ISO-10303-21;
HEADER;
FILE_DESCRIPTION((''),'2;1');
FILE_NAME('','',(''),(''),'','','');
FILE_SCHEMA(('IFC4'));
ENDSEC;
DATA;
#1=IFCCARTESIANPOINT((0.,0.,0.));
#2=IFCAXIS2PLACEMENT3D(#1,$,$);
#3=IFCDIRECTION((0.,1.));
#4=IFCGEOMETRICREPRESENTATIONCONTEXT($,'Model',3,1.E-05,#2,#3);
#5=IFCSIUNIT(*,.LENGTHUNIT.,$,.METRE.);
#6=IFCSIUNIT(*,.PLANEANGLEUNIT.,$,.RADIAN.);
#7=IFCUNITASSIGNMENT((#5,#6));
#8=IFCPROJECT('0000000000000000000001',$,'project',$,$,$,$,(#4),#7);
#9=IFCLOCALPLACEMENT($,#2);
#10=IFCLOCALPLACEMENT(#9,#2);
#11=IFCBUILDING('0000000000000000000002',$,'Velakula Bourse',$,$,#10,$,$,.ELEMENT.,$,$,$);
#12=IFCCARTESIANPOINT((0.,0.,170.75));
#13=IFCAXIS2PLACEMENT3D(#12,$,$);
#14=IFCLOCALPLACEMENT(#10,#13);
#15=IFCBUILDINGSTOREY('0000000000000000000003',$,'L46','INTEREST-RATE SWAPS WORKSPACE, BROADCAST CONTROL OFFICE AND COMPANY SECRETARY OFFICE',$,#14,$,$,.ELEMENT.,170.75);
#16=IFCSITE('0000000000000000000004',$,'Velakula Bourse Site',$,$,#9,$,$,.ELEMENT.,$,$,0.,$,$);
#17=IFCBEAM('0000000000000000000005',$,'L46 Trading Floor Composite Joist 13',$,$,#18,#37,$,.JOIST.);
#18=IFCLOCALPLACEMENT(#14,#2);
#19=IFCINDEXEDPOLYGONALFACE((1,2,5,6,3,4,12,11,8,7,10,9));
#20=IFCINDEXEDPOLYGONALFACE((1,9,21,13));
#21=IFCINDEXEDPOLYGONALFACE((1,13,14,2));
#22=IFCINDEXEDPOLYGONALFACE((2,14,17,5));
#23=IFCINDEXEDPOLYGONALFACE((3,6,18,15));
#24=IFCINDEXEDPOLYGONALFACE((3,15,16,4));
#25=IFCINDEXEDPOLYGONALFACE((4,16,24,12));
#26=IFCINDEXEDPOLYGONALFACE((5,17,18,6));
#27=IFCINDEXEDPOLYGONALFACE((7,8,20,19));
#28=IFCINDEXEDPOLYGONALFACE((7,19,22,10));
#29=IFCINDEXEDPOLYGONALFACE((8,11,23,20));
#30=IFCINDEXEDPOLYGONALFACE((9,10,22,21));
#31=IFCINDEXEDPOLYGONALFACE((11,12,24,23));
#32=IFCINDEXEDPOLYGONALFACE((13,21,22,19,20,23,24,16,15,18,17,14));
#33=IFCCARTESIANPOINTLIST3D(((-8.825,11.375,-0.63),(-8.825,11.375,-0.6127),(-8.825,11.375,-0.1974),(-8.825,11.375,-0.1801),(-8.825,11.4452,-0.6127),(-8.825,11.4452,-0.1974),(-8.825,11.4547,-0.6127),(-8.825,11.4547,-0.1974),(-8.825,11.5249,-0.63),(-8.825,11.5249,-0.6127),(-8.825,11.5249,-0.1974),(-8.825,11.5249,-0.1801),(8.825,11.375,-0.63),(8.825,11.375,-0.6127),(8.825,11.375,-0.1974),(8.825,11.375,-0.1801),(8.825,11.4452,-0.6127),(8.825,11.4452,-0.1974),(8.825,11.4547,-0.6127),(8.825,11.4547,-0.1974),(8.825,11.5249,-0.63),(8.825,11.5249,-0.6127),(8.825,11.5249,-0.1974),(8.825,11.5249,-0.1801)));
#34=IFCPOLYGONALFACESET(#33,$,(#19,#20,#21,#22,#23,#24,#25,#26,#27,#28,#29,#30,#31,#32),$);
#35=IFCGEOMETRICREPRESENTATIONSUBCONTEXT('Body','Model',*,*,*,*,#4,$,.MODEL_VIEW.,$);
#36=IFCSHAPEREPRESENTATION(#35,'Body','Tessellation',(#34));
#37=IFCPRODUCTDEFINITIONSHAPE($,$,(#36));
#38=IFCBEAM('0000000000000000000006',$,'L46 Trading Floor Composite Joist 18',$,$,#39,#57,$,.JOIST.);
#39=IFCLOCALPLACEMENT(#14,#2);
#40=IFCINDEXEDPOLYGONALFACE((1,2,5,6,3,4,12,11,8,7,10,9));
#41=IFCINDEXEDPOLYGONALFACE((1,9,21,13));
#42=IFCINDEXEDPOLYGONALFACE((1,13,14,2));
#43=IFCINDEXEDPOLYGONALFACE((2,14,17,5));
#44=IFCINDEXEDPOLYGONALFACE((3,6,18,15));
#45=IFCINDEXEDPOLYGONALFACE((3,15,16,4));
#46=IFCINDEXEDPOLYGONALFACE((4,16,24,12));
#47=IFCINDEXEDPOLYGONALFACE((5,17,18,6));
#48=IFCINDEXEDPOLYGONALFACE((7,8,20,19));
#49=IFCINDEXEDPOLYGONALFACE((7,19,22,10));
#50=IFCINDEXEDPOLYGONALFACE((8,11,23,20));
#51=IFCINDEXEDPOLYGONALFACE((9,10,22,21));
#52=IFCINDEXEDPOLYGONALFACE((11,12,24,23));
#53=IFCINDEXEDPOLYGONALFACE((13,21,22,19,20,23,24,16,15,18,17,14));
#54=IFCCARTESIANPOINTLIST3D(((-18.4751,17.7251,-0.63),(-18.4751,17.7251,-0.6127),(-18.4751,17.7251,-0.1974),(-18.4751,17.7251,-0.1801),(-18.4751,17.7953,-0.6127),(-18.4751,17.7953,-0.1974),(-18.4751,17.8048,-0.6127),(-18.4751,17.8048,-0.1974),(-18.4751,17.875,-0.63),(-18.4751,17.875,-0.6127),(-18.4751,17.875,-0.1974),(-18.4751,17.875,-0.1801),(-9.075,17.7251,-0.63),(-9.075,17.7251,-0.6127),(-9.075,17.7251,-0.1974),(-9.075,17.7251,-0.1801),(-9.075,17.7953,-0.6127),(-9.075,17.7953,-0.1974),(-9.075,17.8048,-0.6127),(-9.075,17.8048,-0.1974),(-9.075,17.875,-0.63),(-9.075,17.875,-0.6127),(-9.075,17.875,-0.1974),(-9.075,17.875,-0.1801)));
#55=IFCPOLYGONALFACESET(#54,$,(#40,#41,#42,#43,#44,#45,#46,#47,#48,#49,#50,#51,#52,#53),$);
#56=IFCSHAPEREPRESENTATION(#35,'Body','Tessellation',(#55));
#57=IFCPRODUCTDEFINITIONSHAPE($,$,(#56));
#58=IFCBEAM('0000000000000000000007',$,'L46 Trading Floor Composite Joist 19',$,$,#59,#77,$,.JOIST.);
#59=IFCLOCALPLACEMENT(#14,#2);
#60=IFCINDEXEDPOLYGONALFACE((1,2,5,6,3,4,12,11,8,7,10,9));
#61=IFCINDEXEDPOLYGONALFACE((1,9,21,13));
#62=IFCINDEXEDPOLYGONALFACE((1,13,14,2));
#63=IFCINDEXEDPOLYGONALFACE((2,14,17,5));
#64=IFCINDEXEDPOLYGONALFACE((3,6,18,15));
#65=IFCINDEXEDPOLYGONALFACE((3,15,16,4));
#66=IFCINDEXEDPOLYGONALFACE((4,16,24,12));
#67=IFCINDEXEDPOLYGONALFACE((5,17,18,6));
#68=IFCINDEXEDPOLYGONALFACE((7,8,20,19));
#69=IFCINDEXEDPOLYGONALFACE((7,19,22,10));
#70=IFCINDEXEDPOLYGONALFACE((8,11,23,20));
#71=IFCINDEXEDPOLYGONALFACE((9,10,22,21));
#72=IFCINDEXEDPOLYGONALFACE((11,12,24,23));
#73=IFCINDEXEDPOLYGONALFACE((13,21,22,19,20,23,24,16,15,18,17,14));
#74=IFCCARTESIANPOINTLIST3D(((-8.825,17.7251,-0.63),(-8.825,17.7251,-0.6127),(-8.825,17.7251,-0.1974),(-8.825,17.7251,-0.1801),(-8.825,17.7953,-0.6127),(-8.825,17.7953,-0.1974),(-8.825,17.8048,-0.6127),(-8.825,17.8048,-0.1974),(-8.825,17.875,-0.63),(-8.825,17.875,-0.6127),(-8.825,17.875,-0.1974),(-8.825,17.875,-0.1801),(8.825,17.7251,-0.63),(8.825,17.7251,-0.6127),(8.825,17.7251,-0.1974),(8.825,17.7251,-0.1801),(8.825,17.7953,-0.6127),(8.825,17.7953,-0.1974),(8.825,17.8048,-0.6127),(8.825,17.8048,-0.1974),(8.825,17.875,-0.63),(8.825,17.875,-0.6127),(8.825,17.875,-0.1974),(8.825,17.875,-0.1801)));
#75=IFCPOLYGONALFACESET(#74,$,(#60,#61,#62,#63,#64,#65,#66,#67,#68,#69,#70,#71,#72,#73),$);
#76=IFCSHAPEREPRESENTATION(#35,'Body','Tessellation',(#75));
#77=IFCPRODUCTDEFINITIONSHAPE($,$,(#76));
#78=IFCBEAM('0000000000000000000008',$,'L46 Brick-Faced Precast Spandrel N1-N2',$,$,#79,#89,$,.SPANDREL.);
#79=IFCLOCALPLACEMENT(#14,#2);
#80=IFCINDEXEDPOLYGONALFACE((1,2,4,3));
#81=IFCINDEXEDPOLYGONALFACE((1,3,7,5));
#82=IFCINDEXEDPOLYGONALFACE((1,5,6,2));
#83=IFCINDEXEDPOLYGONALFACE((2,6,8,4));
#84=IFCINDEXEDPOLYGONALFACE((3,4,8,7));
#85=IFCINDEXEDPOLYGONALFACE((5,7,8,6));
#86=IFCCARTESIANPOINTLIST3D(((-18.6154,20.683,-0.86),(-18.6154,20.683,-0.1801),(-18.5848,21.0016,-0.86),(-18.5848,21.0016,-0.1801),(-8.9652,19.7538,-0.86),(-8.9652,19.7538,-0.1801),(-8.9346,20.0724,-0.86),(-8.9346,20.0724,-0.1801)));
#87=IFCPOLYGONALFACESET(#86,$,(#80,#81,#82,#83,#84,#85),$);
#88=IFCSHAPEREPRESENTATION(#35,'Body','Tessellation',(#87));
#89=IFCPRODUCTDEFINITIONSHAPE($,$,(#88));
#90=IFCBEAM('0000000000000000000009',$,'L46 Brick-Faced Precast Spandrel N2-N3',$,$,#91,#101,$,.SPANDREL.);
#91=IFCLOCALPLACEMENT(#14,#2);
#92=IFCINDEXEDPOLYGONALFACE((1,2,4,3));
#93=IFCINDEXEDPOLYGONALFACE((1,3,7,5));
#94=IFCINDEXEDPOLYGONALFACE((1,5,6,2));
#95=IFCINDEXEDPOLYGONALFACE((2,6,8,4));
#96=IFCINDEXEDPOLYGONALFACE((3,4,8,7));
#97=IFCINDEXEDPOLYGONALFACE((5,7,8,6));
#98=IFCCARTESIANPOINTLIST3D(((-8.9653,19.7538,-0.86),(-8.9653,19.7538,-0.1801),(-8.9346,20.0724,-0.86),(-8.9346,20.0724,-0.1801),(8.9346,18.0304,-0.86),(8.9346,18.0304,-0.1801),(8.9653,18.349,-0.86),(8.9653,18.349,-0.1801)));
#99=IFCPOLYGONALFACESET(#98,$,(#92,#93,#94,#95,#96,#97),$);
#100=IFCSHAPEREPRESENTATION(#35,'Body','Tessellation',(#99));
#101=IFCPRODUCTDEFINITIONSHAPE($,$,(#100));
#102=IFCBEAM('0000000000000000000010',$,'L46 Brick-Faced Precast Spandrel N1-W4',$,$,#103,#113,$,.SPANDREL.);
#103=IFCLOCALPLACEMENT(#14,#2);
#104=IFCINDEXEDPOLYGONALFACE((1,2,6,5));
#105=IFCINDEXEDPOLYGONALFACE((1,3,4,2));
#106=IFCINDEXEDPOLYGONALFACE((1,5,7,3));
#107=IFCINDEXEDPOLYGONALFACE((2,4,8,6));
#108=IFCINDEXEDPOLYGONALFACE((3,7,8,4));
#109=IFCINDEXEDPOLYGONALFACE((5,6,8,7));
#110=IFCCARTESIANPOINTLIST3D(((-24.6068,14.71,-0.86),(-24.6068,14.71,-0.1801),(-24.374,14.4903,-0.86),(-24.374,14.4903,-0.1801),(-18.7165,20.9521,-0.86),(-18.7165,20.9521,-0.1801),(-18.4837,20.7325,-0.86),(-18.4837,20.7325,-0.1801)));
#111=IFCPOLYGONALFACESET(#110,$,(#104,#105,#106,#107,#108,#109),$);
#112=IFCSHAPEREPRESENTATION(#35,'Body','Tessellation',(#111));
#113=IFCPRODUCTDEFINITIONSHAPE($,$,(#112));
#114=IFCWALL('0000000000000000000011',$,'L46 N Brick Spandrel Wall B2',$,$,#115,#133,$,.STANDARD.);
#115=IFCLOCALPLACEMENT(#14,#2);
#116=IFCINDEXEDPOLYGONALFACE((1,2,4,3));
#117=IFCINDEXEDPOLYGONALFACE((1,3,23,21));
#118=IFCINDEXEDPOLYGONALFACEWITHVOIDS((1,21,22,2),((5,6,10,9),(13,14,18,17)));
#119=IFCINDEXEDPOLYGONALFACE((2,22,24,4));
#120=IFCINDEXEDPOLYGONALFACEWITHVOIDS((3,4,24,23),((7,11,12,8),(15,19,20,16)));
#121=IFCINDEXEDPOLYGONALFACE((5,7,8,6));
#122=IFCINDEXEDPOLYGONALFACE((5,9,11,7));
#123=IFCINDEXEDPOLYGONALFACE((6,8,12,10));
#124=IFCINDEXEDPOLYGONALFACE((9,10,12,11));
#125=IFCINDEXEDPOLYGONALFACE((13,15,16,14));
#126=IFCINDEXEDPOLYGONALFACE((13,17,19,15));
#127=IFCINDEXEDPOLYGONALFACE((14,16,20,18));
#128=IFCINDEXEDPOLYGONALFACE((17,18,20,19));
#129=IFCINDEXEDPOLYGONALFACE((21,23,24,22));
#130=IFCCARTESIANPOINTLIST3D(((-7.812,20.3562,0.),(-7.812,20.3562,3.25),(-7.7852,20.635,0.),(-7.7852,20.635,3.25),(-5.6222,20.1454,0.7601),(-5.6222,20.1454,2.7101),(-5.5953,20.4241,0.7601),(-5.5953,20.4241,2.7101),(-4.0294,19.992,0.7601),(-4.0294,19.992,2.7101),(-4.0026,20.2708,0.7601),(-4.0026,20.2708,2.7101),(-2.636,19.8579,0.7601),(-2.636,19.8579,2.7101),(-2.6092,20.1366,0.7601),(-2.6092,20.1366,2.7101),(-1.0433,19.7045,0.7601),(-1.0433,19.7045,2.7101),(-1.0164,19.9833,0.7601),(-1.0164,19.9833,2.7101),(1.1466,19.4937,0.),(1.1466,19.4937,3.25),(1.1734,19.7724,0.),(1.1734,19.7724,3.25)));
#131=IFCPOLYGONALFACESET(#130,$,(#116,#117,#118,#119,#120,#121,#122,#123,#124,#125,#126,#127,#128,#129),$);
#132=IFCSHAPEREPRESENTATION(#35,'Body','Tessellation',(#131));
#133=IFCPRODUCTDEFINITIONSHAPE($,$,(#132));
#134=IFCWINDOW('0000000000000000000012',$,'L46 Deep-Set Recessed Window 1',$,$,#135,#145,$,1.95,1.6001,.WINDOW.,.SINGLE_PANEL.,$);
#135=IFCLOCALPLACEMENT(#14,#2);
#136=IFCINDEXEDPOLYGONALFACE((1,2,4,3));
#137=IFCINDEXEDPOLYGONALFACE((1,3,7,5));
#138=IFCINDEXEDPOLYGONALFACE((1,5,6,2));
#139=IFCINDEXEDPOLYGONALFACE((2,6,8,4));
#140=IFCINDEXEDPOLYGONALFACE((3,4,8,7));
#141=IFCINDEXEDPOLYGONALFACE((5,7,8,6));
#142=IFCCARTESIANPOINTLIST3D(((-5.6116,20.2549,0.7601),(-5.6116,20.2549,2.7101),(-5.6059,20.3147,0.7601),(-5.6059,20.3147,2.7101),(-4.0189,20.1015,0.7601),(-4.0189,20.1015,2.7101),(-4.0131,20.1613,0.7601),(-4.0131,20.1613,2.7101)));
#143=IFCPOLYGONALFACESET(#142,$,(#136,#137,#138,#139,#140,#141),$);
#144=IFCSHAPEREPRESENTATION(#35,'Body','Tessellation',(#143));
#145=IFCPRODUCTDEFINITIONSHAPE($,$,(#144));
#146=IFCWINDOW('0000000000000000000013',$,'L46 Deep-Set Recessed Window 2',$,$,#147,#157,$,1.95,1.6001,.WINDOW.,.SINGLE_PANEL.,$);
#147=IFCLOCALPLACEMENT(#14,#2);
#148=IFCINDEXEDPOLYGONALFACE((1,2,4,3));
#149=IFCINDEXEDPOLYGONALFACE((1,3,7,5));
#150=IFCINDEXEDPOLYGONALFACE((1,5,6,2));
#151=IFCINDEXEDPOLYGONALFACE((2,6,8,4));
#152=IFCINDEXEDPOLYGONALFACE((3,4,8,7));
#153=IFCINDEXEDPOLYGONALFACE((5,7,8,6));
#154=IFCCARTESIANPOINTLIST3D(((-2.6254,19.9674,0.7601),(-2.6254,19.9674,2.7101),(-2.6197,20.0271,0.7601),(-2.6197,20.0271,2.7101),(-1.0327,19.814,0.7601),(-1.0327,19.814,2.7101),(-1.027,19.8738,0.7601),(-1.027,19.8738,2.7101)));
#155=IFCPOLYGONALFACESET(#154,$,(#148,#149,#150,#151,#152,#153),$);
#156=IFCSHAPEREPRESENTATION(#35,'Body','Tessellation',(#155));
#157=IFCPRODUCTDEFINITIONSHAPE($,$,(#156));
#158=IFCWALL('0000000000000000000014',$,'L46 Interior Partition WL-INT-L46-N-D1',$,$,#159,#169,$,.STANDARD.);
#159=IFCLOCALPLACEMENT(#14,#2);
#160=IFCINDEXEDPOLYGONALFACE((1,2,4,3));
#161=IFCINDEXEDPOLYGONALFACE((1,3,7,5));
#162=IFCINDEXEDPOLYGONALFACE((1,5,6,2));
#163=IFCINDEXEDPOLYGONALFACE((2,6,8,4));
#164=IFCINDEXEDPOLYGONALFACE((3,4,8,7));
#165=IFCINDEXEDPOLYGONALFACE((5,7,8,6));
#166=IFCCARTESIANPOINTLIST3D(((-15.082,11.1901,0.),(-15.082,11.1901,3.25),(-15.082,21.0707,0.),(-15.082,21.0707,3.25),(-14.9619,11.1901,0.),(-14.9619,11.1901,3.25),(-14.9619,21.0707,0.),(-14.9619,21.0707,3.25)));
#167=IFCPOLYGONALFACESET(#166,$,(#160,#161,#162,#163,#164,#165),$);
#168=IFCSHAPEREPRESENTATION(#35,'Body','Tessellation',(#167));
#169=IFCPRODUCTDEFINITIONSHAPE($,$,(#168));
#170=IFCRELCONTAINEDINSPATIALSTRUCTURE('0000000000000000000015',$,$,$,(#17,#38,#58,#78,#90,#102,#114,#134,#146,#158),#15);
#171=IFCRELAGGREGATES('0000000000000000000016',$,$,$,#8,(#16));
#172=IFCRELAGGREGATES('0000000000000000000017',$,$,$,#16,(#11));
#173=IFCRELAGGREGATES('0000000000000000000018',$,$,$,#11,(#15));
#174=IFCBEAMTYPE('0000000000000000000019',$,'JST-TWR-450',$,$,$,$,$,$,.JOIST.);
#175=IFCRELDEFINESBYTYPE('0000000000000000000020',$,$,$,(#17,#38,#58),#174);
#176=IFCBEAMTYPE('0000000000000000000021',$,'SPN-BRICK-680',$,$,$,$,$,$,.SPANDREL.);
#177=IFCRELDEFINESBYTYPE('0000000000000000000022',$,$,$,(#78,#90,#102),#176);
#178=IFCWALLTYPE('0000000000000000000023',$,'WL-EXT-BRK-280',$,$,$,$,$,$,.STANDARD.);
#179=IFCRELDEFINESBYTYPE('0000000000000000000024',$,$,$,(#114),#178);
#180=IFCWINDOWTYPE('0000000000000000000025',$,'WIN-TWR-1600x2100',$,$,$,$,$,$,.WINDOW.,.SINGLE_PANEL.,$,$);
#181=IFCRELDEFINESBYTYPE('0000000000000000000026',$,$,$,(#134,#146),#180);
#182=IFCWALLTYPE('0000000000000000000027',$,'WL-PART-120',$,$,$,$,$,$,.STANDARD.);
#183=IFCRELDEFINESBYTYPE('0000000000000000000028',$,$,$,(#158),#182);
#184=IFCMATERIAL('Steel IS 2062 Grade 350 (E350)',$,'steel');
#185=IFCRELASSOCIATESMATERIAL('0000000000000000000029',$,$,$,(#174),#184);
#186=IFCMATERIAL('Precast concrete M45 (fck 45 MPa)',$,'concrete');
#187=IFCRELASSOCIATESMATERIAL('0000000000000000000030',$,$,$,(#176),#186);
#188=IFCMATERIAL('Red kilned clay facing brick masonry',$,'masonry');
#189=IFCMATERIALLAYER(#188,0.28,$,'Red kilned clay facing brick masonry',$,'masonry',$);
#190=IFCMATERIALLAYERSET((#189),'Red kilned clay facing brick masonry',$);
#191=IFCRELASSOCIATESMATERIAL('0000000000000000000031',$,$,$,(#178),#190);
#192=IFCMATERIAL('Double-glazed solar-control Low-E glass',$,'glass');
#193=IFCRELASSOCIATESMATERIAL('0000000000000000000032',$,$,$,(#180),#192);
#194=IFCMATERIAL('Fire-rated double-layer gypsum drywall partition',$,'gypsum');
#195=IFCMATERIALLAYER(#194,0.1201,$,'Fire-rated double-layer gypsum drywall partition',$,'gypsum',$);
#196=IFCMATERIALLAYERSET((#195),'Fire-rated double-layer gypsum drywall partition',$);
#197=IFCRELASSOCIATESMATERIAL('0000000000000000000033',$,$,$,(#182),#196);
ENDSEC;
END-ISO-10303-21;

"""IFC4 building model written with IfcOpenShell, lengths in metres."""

from ifc_helpers import new_model, si_unit, direction, frame, frame_2d, origin, origin_2d, place, context, subcontext, project, spatial, rectangle, i_section, extrude, material, layer, layer_set, material_profile, profile_set, type_object, element, fill, save


model = new_model("IFC4")

# Units and contexts
model_context = context("Model", 3, precision=1e-05, world=origin(), true_north=direction((0.0, 1.0)))
body_context = subcontext(model_context, "Body", "Model", "MODEL_VIEW")
ifc_project = project(units=[si_unit("LENGTHUNIT", "METRE"), si_unit("PLANEANGLEUNIT", "RADIAN")], contexts=[model_context])

# Site, building, storey
site_placement = place(None, origin())
site = spatial("IfcSite", under=ifc_project, at=site_placement, Name="Velakula Bourse Site", CompositionType="ELEMENT", RefElevation=0.0)
building_placement = place(site_placement, origin())
building = spatial("IfcBuilding", under=site, at=building_placement, Name="Velakula Bourse", CompositionType="ELEMENT")
storey_placement = place(building_placement, frame((0.0, 0.0, 170.75)))
storey = spatial("IfcBuildingStorey", under=building, at=storey_placement, Name="L46", Description="INTEREST-RATE SWAPS WORKSPACE, BROADCAST CONTROL OFFICE AND COMPANY SECRETARY OFFICE", CompositionType="ELEMENT", Elevation=170.75)

# Shared definitions
ifc_material_1 = material(Name="Steel IS 2062 Grade 350 (E350)", Category="steel")

# Beams
ifc_material_profile_1 = material_profile(ifc_material_1, i_section(OverallWidth=0.1499, OverallDepth=0.45, WebThickness=0.0095, FlangeThickness=0.0173, at=origin_2d()), Name="Steel IS 2062 Grade 350 (E350)")
ifc_profile_set_1 = profile_set([ifc_material_profile_1], Name="Steel IS 2062 Grade 350 (E350)")
beam_type_1 = type_object("IfcBeamType", Name="JST-TWR-450", PredefinedType="JOIST", material=ifc_profile_set_1)
beam_1_placement = place(storey_placement, frame((-8.825, 11.45, -0.405), z_axis=(1.0, 0.0, 0.0), x_axis=(0.0, 1.0, 0.0)))
element("IfcBeam", 1, at=beam_1_placement, inside=storey, type_object=beam_type_1, Name="L46 Trading Floor Composite Joist 13", PredefinedType="JOIST", context=body_context, shape_type="SweptSolid", body=[
    extrude(i_section(OverallWidth=0.1499, OverallDepth=0.45, WebThickness=0.0095, FlangeThickness=0.0173, at=origin_2d()), origin(), (0.0, 0.0, 1.0), 17.6499),
])
beam_2_placement = place(storey_placement, frame((-18.4751, 17.8, -0.405), z_axis=(1.0, 0.0, 0.0), x_axis=(0.0, 1.0, 0.0)))
element("IfcBeam", 2, at=beam_2_placement, inside=storey, type_object=beam_type_1, Name="L46 Trading Floor Composite Joist 18", PredefinedType="JOIST", context=body_context, shape_type="SweptSolid", body=[
    extrude(i_section(OverallWidth=0.1499, OverallDepth=0.45, WebThickness=0.0095, FlangeThickness=0.0173, at=origin_2d()), origin(), (0.0, 0.0, 1.0), 9.4001),
])
beam_3_placement = place(storey_placement, frame((-8.825, 17.8, -0.405), z_axis=(1.0, 0.0, 0.0), x_axis=(0.0, 1.0, 0.0)))
element("IfcBeam", 3, at=beam_3_placement, inside=storey, type_object=beam_type_1, Name="L46 Trading Floor Composite Joist 19", PredefinedType="JOIST", context=body_context, shape_type="SweptSolid", body=[
    extrude(i_section(OverallWidth=0.1499, OverallDepth=0.45, WebThickness=0.0095, FlangeThickness=0.0173, at=origin_2d()), origin(), (0.0, 0.0, 1.0), 17.6499),
])
ifc_material_2 = material(Name="Precast concrete M45 (fck 45 MPa)", Category="concrete")
ifc_material_profile_2 = material_profile(ifc_material_2, rectangle(XDim=0.3201, YDim=0.6799, at=origin_2d()), Name="Precast concrete M45 (fck 45 MPa)")
ifc_profile_set_2 = profile_set([ifc_material_profile_2], Name="Precast concrete M45 (fck 45 MPa)")
beam_type_2 = type_object("IfcBeamType", Name="SPN-BRICK-680", PredefinedType="SPANDREL", material=ifc_profile_set_2)
beam_4_placement = place(storey_placement, frame((-18.6001, 20.8423, -0.52), z_axis=(0.995396, -0.095845, 0.0), x_axis=(0.095845, 0.995396, 0.0)))
element("IfcBeam", 4, at=beam_4_placement, inside=storey, type_object=beam_type_2, Name="L46 Brick-Faced Precast Spandrel N1-N2", PredefinedType="SPANDREL", context=body_context, shape_type="SweptSolid", body=[
    extrude(rectangle(XDim=0.3201, YDim=0.6799, at=origin_2d()), origin(), (0.0, 0.0, 1.0), 9.6948),
])
beam_5_placement = place(storey_placement, frame((-8.95, 19.9131, -0.52), z_axis=(0.995397, -0.095836, 0.0), x_axis=(0.095836, 0.995397, 0.0)))
element("IfcBeam", 5, at=beam_5_placement, inside=storey, type_object=beam_type_2, Name="L46 Brick-Faced Precast Spandrel N2-N3", PredefinedType="SPANDREL", context=body_context, shape_type="SweptSolid", body=[
    extrude(rectangle(XDim=0.3201, YDim=0.6799, at=origin_2d()), origin(), (0.0, 0.0, 1.0), 17.9827),
])
beam_6_placement = place(storey_placement, frame((-18.6001, 20.8423, -0.52), z_axis=(-0.686314, -0.727305, 0.0), x_axis=(0.727305, -0.686314, 0.0)))
element("IfcBeam", 6, at=beam_6_placement, inside=storey, type_object=beam_type_2, Name="L46 Brick-Faced Precast Spandrel N1-W4", PredefinedType="SPANDREL", context=body_context, shape_type="SweptSolid", body=[
    extrude(rectangle(XDim=0.3201, YDim=0.6799, at=origin_2d()), origin(), (0.0, 0.0, 1.0), 8.5825),
])

# Wall, openings, windows
ifc_material_3 = material(Name="Red kilned clay facing brick masonry", Category="masonry")
ifc_layer_1 = layer(ifc_material_3, 0.28, Name="Red kilned clay facing brick masonry", Category="masonry")
ifc_layer_set_1 = layer_set([ifc_layer_1], Name="Red kilned clay facing brick masonry")
wall_type_1 = type_object("IfcWallType", Name="WL-EXT-BRK-280", PredefinedType="STANDARD", material=ifc_layer_set_1)
wall_1_placement = place(storey_placement, frame((-7.7986, 20.4956, 0.0), z_axis=(0.0, 0.0, 1.0), x_axis=(0.995397, -0.09584, 0.0)))
wall_1 = element("IfcWall", 7, at=wall_1_placement, inside=storey, type_object=wall_type_1, Name="L46 N Brick Spandrel Wall B2", PredefinedType="STANDARD", context=body_context, shape_type="SweptSolid", body=[
    extrude(rectangle(XDim=9.0, YDim=0.28, at=frame_2d((4.5, 0.0))), origin(), (0.0, 0.0, 1.0), 3.25),
])
opening_1_placement = place(wall_1_placement, frame((2.2, 0.0, 0.76)))
opening_1 = element("IfcOpeningElement", 8, at=opening_1_placement, cuts=wall_1, PredefinedType="OPENING", context=body_context, shape_type="SweptSolid", body=[
    extrude(rectangle(XDim=1.6001, YDim=1.95, at=frame_2d((0.8, 0.9751))), frame((0.0, 0.1499, 0.0), z_axis=(0.0, -1.0, 0.0), x_axis=(1.0, 0.0, 0.0)), (0.0, 0.0, 1.0), 0.3),
])
opening_2_placement = place(wall_1_placement, frame((5.2, 0.0, 0.76)))
opening_2 = element("IfcOpeningElement", 9, at=opening_2_placement, cuts=wall_1, PredefinedType="OPENING", context=body_context, shape_type="SweptSolid", body=[
    extrude(rectangle(XDim=1.6001, YDim=1.95, at=frame_2d((0.8, 0.9751))), frame((0.0, 0.1499, 0.0), z_axis=(0.0, -1.0, 0.0), x_axis=(1.0, 0.0, 0.0)), (0.0, 0.0, 1.0), 0.3),
])
ifc_material_4 = material(Name="Double-glazed solar-control Low-E glass", Category="glass")
window_type = type_object("IfcWindowType", Name="WIN-TWR-1600x2100", PartitioningType="SINGLE_PANEL", PredefinedType="WINDOW", material=ifc_material_4)
window_1_placement = place(opening_1_placement, origin())
window_1 = element("IfcWindow", 10, at=window_1_placement, inside=storey, type_object=window_type, Name="L46 Deep-Set Recessed Window 1", OverallHeight=1.95, OverallWidth=1.6001, PartitioningType="SINGLE_PANEL", PredefinedType="WINDOW", context=body_context, shape_type="SweptSolid", body=[
    extrude(rectangle(XDim=1.6001, YDim=1.95, at=frame_2d((0.8, 0.9751))), frame((0.0, 0.03, 0.0), z_axis=(0.0, -1.0, 0.0), x_axis=(1.0, 0.0, 0.0)), (0.0, 0.0, 1.0), 0.0601),
])
fill(opening_1, window_1)
window_2_placement = place(opening_2_placement, origin())
window_2 = element("IfcWindow", 11, at=window_2_placement, inside=storey, type_object=window_type, Name="L46 Deep-Set Recessed Window 2", OverallHeight=1.95, OverallWidth=1.6001, PartitioningType="SINGLE_PANEL", PredefinedType="WINDOW", context=body_context, shape_type="SweptSolid", body=[
    extrude(rectangle(XDim=1.6001, YDim=1.95, at=frame_2d((0.8, 0.9751))), frame((0.0, 0.03, 0.0), z_axis=(0.0, -1.0, 0.0), x_axis=(1.0, 0.0, 0.0)), (0.0, 0.0, 1.0), 0.0601),
])
fill(opening_2, window_2)

# Wall
ifc_material_5 = material(Name="Fire-rated double-layer gypsum drywall partition", Category="gypsum")
ifc_layer_2 = layer(ifc_material_5, 0.1201, Name="Fire-rated double-layer gypsum drywall partition", Category="gypsum")
ifc_layer_set_2 = layer_set([ifc_layer_2], Name="Fire-rated double-layer gypsum drywall partition")
wall_type_2 = type_object("IfcWallType", Name="WL-PART-120", PredefinedType="STANDARD", material=ifc_layer_set_2)
wall_2_placement = place(storey_placement, frame((-15.022, 11.1899, 0.0), z_axis=(0.0, 0.0, 1.0), x_axis=(0.0, 1.0, 0.0)))
element("IfcWall", 12, at=wall_2_placement, inside=storey, type_object=wall_type_2, Name="L46 Interior Partition WL-INT-L46-N-D1", PredefinedType="STANDARD", context=body_context, shape_type="SweptSolid", body=[
    extrude(rectangle(XDim=9.8806, YDim=0.1201, at=frame_2d((4.9404, 0.0))), origin(), (0.0, 0.0, 1.0), 3.25),
])

save(model, "model.ifc")
